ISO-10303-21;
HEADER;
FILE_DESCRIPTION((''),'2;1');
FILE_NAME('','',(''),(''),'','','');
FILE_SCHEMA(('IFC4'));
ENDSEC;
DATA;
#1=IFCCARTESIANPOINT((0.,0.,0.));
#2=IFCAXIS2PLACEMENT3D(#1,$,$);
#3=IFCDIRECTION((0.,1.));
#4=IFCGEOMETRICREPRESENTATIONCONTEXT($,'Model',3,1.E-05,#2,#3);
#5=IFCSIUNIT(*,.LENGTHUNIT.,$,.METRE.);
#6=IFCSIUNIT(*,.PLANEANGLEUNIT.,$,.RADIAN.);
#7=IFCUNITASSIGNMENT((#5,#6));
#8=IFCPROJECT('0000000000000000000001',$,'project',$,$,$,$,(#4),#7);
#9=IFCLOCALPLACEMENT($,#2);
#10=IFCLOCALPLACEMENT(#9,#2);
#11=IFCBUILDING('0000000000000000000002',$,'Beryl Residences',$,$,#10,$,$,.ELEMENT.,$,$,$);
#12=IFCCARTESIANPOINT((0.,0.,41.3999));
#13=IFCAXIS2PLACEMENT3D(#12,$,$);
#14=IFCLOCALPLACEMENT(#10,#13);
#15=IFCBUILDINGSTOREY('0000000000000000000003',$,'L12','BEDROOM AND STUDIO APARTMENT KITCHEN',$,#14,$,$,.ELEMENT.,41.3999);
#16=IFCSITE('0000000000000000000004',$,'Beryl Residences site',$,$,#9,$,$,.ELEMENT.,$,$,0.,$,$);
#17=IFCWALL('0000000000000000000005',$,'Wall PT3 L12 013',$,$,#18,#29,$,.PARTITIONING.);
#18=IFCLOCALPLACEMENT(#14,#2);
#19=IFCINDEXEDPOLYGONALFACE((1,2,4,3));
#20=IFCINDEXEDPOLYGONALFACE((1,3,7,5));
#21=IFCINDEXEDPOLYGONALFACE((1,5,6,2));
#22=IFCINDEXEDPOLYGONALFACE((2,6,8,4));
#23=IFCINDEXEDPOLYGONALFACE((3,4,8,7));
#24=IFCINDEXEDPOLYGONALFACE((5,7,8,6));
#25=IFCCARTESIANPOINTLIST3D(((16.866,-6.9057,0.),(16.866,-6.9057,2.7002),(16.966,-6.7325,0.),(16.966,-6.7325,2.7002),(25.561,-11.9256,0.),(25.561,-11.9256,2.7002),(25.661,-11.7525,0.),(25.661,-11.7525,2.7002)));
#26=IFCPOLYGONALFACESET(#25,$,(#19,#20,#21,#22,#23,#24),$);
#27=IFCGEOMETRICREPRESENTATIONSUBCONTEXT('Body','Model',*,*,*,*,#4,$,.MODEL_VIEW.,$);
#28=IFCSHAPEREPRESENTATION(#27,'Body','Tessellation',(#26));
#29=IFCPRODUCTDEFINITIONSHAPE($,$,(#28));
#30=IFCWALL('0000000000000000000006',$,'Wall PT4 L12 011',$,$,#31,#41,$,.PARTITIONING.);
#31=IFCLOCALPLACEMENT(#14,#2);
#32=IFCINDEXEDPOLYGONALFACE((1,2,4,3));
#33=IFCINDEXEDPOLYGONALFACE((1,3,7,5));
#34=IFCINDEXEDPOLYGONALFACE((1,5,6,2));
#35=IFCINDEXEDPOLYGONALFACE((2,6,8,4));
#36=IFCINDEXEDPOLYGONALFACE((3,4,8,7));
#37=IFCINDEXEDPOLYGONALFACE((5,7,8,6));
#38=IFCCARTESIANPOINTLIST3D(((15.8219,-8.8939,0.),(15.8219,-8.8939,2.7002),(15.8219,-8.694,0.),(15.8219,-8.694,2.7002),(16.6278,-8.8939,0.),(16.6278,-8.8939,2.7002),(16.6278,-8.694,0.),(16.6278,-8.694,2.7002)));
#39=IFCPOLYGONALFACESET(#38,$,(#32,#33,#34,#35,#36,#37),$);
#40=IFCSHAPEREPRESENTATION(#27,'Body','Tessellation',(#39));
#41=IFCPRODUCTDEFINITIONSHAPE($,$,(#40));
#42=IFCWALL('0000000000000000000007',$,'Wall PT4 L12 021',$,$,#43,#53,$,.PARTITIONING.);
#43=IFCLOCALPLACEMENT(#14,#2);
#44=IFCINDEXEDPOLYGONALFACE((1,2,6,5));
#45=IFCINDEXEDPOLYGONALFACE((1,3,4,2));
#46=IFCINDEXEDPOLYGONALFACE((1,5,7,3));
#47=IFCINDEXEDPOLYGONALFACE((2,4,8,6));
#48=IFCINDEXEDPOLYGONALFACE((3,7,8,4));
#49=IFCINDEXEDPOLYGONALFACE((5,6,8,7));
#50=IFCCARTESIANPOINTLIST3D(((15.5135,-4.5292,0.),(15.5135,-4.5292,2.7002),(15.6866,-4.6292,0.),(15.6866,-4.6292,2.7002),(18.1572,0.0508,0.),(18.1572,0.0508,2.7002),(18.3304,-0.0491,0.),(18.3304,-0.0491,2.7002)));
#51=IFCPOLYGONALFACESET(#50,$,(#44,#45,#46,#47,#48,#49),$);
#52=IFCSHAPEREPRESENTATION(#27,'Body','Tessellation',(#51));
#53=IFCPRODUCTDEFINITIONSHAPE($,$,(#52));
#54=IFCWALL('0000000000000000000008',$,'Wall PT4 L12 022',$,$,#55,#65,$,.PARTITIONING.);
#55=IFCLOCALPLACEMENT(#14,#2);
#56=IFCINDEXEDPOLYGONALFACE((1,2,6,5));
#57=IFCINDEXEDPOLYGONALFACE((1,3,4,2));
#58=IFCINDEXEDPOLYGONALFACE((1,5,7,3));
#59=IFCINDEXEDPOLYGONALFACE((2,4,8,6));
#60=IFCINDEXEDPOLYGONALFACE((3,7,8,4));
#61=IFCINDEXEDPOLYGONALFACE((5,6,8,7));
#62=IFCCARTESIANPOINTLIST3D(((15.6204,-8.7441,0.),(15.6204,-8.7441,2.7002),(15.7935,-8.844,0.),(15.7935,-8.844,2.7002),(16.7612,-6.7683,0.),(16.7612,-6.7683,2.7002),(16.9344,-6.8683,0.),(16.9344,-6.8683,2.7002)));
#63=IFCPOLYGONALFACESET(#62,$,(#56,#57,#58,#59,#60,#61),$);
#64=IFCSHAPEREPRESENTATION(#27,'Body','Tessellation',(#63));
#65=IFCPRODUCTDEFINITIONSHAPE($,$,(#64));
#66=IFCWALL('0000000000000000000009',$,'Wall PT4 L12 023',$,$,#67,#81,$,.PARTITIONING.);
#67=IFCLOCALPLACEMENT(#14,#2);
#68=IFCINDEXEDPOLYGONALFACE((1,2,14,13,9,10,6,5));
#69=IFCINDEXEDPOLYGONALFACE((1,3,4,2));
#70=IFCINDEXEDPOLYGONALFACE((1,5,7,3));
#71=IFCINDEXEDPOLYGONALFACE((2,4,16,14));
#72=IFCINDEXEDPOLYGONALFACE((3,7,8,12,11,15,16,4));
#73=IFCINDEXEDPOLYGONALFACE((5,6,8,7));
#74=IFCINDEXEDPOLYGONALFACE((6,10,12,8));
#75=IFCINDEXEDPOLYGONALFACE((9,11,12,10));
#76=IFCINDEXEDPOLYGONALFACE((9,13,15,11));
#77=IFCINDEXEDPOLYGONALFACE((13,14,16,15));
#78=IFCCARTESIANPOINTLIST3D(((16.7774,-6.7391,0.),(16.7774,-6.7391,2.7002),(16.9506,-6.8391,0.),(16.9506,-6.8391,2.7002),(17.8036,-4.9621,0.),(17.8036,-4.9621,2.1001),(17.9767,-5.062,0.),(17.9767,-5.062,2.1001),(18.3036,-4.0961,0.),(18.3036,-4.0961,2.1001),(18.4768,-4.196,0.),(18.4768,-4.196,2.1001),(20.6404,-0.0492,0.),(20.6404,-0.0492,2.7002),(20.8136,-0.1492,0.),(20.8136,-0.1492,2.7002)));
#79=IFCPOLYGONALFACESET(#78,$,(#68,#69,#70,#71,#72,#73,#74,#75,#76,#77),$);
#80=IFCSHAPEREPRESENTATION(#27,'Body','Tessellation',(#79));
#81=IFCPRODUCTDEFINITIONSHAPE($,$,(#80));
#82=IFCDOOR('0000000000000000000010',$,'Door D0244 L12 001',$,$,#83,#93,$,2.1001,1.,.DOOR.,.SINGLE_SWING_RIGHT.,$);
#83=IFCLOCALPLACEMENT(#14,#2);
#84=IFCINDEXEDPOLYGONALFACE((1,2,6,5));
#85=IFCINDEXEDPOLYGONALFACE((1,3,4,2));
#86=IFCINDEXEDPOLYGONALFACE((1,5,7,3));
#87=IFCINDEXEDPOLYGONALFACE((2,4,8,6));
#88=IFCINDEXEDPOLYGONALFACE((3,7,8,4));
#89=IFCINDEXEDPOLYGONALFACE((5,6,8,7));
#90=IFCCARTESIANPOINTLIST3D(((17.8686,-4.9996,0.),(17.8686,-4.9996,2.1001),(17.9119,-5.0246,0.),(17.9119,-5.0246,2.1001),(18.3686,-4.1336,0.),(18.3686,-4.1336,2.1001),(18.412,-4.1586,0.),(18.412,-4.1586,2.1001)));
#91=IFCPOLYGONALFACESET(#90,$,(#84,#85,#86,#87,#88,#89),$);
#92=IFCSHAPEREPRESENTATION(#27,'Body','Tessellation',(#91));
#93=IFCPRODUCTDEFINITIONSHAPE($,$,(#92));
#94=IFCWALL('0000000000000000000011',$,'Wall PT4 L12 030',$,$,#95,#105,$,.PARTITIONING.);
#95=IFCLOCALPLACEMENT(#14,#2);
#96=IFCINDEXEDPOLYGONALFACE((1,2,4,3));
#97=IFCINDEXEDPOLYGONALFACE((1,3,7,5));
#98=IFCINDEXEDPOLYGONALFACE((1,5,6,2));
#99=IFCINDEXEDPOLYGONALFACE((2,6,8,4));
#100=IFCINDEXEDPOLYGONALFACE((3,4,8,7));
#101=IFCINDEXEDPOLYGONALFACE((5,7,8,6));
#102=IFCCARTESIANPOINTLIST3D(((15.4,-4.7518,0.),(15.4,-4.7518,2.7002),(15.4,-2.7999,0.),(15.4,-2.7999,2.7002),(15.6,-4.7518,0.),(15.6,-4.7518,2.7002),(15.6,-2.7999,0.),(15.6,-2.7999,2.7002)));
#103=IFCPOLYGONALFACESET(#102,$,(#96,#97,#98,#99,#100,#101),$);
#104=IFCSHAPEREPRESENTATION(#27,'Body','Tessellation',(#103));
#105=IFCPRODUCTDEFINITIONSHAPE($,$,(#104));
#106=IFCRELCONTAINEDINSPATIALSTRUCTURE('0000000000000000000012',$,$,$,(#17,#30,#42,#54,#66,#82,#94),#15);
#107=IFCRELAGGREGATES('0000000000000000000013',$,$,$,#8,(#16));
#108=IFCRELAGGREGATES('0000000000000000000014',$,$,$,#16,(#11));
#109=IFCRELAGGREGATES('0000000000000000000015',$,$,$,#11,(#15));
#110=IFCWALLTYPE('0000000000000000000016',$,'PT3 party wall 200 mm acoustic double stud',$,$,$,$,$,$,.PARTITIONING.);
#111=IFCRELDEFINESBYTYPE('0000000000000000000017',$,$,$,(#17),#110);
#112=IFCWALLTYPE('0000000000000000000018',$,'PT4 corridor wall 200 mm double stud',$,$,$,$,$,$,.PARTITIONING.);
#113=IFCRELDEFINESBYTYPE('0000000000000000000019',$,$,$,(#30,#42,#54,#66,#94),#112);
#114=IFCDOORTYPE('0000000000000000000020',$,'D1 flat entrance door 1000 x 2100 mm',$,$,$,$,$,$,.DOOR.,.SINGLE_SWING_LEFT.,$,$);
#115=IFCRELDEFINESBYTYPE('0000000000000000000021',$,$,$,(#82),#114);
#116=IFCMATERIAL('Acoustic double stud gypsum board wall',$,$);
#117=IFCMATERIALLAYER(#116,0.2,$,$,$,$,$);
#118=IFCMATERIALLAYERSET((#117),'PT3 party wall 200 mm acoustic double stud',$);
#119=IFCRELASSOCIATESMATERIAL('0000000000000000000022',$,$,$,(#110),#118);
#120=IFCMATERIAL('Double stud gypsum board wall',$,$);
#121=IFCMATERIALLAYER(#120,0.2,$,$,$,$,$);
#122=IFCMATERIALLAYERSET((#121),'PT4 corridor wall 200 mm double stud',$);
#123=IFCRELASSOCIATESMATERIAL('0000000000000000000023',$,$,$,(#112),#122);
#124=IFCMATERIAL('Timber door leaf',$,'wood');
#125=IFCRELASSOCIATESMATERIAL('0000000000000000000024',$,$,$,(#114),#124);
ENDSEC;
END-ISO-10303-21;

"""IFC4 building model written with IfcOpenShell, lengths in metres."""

from ifc_helpers import new_model, si_unit, direction, frame, frame_2d, origin, place, context, subcontext, project, spatial, rectangle, extrude, material, layer, layer_set, type_object, element, fill, save


model = new_model("IFC4")

# Units and contexts
model_context = context("Model", 3, precision=1e-05, world=origin(), true_north=direction((0.0, 1.0)))
body_context = subcontext(model_context, "Body", "Model", "MODEL_VIEW")
ifc_project = project(units=[si_unit("LENGTHUNIT", "METRE"), si_unit("PLANEANGLEUNIT", "RADIAN")], contexts=[model_context])

# Site, building, storey
site_placement = place(None, origin())
site = spatial("IfcSite", under=ifc_project, at=site_placement, Name="Beryl Residences site", CompositionType="ELEMENT", RefElevation=0.0)
building_placement = place(site_placement, origin())
building = spatial("IfcBuilding", under=site, at=building_placement, Name="Beryl Residences", CompositionType="ELEMENT")
storey_placement = place(building_placement, frame((0.0, 0.0, 41.3999)))
storey = spatial("IfcBuildingStorey", under=building, at=storey_placement, Name="L12", Description="BEDROOM AND STUDIO APARTMENT KITCHEN", CompositionType="ELEMENT", Elevation=41.3999)

# Walls
ifc_material_1 = material(Name="Acoustic double stud gypsum board wall")
ifc_layer_1 = layer(ifc_material_1, 0.2)
ifc_layer_set_1 = layer_set([ifc_layer_1], Name="PT3 party wall 200 mm acoustic double stud")
wall_type_1 = type_object("IfcWallType", Name="PT3 party wall 200 mm acoustic double stud", PredefinedType="PARTITIONING", material=ifc_layer_set_1)
wall_1_placement = place(storey_placement, frame((16.916, -6.8191, 0.0), z_axis=(0.0, 0.0, 1.0), x_axis=(0.866029, -0.499994, 0.0)))
element("IfcWall", 1, at=wall_1_placement, inside=storey, type_object=wall_type_1, Name="Wall PT3 L12 013", PredefinedType="PARTITIONING", context=body_context, shape_type="SweptSolid", body=[
    extrude(rectangle(XDim=10.04, YDim=0.2, at=frame_2d((5.02, 0.0))), origin(), (0.0, 0.0, 1.0), 2.7002),
])
ifc_material_2 = material(Name="Double stud gypsum board wall")
ifc_layer_2 = layer(ifc_material_2, 0.2)
ifc_layer_set_2 = layer_set([ifc_layer_2], Name="PT4 corridor wall 200 mm double stud")
wall_type_2 = type_object("IfcWallType", Name="PT4 corridor wall 200 mm double stud", PredefinedType="PARTITIONING", material=ifc_layer_set_2)
wall_2_placement = place(storey_placement, frame((15.822, -8.7939, 0.0), z_axis=(0.0, 0.0, 1.0), x_axis=(1.0, 0.0, 0.0)))
element("IfcWall", 2, at=wall_2_placement, inside=storey, type_object=wall_type_2, Name="Wall PT4 L12 011", PredefinedType="PARTITIONING", context=body_context, shape_type="SweptSolid", body=[
    extrude(rectangle(XDim=0.8059, YDim=0.2, at=frame_2d((0.4028, 0.0))), origin(), (0.0, 0.0, 1.0), 2.7002),
])
wall_3_placement = place(storey_placement, frame((15.6001, -4.5791, 0.0), z_axis=(0.0, 0.0, 1.0), x_axis=(0.499928, 0.866067, 0.0)))
element("IfcWall", 3, at=wall_3_placement, inside=storey, type_object=wall_type_2, Name="Wall PT4 L12 021", PredefinedType="PARTITIONING", context=body_context, shape_type="SweptSolid", body=[
    extrude(rectangle(XDim=5.2883, YDim=0.2, at=frame_2d((2.644, 0.0))), origin(), (0.0, 0.0, 1.0), 2.7002),
])
wall_4_placement = place(storey_placement, frame((15.707, -8.7939, 0.0), z_axis=(0.0, 0.0, 1.0), x_axis=(0.50004, 0.866002, 0.0)))
element("IfcWall", 4, at=wall_4_placement, inside=storey, type_object=wall_type_2, Name="Wall PT4 L12 022", PredefinedType="PARTITIONING", context=body_context, shape_type="SweptSolid", body=[
    extrude(rectangle(XDim=2.2815, YDim=0.2, at=frame_2d((1.1406, 0.0))), origin(), (0.0, 0.0, 1.0), 2.7002),
])

# Wall, opening, door
wall_5_placement = place(storey_placement, frame((16.864, -6.7891, 0.0), z_axis=(0.0, 0.0, 1.0), x_axis=(0.500058, 0.865992, 0.0)))
wall_5 = element("IfcWall", 5, at=wall_5_placement, inside=storey, type_object=wall_type_2, Name="Wall PT4 L12 023", PredefinedType="PARTITIONING", context=body_context, shape_type="SweptSolid", body=[
    extrude(rectangle(XDim=7.7251, YDim=0.2, at=frame_2d((3.8625, 0.0))), origin(), (0.0, 0.0, 1.0), 2.7002),
])
opening_1_placement = place(wall_5_placement, frame((2.052, 0.0, 0.0)))
opening_1 = element("IfcOpeningElement", 6, at=opening_1_placement, cuts=wall_5, PredefinedType="OPENING", context=body_context, shape_type="SweptSolid", body=[
    extrude(rectangle(XDim=1.0, YDim=2.1001, at=frame_2d((0.5, 1.05))), frame((0.0, 0.1099, 0.0), z_axis=(0.0, -1.0, 0.0), x_axis=(1.0, 0.0, 0.0)), (0.0, 0.0, 1.0), 0.22),
])
ifc_material_3 = material(Name="Timber door leaf", Category="wood")
door_type_1 = type_object("IfcDoorType", Name="D1 flat entrance door 1000 x 2100 mm", OperationType="SINGLE_SWING_LEFT", PredefinedType="DOOR", material=ifc_material_3)
door_1_placement = place(opening_1_placement, origin())
door_1 = element("IfcDoor", 7, at=door_1_placement, inside=storey, type_object=door_type_1, Name="Door D0244 L12 001", OperationType="SINGLE_SWING_RIGHT", OverallHeight=2.1001, OverallWidth=1.0, PredefinedType="DOOR", context=body_context, shape_type="SweptSolid", body=[
    extrude(rectangle(XDim=1.0, YDim=2.1001, at=frame_2d((0.5, 1.05))), frame((0.0, 0.0249, 0.0), z_axis=(0.0, -1.0, 0.0), x_axis=(1.0, 0.0, 0.0)), (0.0, 0.0, 1.0), 0.05),
])
fill(opening_1, door_1)

# Wall
wall_6_placement = place(storey_placement, frame((15.5, -4.752, 0.0), z_axis=(0.0, 0.0, 1.0), x_axis=(0.0, 1.0, 0.0)))
element("IfcWall", 8, at=wall_6_placement, inside=storey, type_object=wall_type_2, Name="Wall PT4 L12 030", PredefinedType="PARTITIONING", context=body_context, shape_type="SweptSolid", body=[
    extrude(rectangle(XDim=1.9519, YDim=0.2, at=frame_2d((0.9761, 0.0))), origin(), (0.0, 0.0, 1.0), 2.7002),
])

save(model, "model.ifc")
